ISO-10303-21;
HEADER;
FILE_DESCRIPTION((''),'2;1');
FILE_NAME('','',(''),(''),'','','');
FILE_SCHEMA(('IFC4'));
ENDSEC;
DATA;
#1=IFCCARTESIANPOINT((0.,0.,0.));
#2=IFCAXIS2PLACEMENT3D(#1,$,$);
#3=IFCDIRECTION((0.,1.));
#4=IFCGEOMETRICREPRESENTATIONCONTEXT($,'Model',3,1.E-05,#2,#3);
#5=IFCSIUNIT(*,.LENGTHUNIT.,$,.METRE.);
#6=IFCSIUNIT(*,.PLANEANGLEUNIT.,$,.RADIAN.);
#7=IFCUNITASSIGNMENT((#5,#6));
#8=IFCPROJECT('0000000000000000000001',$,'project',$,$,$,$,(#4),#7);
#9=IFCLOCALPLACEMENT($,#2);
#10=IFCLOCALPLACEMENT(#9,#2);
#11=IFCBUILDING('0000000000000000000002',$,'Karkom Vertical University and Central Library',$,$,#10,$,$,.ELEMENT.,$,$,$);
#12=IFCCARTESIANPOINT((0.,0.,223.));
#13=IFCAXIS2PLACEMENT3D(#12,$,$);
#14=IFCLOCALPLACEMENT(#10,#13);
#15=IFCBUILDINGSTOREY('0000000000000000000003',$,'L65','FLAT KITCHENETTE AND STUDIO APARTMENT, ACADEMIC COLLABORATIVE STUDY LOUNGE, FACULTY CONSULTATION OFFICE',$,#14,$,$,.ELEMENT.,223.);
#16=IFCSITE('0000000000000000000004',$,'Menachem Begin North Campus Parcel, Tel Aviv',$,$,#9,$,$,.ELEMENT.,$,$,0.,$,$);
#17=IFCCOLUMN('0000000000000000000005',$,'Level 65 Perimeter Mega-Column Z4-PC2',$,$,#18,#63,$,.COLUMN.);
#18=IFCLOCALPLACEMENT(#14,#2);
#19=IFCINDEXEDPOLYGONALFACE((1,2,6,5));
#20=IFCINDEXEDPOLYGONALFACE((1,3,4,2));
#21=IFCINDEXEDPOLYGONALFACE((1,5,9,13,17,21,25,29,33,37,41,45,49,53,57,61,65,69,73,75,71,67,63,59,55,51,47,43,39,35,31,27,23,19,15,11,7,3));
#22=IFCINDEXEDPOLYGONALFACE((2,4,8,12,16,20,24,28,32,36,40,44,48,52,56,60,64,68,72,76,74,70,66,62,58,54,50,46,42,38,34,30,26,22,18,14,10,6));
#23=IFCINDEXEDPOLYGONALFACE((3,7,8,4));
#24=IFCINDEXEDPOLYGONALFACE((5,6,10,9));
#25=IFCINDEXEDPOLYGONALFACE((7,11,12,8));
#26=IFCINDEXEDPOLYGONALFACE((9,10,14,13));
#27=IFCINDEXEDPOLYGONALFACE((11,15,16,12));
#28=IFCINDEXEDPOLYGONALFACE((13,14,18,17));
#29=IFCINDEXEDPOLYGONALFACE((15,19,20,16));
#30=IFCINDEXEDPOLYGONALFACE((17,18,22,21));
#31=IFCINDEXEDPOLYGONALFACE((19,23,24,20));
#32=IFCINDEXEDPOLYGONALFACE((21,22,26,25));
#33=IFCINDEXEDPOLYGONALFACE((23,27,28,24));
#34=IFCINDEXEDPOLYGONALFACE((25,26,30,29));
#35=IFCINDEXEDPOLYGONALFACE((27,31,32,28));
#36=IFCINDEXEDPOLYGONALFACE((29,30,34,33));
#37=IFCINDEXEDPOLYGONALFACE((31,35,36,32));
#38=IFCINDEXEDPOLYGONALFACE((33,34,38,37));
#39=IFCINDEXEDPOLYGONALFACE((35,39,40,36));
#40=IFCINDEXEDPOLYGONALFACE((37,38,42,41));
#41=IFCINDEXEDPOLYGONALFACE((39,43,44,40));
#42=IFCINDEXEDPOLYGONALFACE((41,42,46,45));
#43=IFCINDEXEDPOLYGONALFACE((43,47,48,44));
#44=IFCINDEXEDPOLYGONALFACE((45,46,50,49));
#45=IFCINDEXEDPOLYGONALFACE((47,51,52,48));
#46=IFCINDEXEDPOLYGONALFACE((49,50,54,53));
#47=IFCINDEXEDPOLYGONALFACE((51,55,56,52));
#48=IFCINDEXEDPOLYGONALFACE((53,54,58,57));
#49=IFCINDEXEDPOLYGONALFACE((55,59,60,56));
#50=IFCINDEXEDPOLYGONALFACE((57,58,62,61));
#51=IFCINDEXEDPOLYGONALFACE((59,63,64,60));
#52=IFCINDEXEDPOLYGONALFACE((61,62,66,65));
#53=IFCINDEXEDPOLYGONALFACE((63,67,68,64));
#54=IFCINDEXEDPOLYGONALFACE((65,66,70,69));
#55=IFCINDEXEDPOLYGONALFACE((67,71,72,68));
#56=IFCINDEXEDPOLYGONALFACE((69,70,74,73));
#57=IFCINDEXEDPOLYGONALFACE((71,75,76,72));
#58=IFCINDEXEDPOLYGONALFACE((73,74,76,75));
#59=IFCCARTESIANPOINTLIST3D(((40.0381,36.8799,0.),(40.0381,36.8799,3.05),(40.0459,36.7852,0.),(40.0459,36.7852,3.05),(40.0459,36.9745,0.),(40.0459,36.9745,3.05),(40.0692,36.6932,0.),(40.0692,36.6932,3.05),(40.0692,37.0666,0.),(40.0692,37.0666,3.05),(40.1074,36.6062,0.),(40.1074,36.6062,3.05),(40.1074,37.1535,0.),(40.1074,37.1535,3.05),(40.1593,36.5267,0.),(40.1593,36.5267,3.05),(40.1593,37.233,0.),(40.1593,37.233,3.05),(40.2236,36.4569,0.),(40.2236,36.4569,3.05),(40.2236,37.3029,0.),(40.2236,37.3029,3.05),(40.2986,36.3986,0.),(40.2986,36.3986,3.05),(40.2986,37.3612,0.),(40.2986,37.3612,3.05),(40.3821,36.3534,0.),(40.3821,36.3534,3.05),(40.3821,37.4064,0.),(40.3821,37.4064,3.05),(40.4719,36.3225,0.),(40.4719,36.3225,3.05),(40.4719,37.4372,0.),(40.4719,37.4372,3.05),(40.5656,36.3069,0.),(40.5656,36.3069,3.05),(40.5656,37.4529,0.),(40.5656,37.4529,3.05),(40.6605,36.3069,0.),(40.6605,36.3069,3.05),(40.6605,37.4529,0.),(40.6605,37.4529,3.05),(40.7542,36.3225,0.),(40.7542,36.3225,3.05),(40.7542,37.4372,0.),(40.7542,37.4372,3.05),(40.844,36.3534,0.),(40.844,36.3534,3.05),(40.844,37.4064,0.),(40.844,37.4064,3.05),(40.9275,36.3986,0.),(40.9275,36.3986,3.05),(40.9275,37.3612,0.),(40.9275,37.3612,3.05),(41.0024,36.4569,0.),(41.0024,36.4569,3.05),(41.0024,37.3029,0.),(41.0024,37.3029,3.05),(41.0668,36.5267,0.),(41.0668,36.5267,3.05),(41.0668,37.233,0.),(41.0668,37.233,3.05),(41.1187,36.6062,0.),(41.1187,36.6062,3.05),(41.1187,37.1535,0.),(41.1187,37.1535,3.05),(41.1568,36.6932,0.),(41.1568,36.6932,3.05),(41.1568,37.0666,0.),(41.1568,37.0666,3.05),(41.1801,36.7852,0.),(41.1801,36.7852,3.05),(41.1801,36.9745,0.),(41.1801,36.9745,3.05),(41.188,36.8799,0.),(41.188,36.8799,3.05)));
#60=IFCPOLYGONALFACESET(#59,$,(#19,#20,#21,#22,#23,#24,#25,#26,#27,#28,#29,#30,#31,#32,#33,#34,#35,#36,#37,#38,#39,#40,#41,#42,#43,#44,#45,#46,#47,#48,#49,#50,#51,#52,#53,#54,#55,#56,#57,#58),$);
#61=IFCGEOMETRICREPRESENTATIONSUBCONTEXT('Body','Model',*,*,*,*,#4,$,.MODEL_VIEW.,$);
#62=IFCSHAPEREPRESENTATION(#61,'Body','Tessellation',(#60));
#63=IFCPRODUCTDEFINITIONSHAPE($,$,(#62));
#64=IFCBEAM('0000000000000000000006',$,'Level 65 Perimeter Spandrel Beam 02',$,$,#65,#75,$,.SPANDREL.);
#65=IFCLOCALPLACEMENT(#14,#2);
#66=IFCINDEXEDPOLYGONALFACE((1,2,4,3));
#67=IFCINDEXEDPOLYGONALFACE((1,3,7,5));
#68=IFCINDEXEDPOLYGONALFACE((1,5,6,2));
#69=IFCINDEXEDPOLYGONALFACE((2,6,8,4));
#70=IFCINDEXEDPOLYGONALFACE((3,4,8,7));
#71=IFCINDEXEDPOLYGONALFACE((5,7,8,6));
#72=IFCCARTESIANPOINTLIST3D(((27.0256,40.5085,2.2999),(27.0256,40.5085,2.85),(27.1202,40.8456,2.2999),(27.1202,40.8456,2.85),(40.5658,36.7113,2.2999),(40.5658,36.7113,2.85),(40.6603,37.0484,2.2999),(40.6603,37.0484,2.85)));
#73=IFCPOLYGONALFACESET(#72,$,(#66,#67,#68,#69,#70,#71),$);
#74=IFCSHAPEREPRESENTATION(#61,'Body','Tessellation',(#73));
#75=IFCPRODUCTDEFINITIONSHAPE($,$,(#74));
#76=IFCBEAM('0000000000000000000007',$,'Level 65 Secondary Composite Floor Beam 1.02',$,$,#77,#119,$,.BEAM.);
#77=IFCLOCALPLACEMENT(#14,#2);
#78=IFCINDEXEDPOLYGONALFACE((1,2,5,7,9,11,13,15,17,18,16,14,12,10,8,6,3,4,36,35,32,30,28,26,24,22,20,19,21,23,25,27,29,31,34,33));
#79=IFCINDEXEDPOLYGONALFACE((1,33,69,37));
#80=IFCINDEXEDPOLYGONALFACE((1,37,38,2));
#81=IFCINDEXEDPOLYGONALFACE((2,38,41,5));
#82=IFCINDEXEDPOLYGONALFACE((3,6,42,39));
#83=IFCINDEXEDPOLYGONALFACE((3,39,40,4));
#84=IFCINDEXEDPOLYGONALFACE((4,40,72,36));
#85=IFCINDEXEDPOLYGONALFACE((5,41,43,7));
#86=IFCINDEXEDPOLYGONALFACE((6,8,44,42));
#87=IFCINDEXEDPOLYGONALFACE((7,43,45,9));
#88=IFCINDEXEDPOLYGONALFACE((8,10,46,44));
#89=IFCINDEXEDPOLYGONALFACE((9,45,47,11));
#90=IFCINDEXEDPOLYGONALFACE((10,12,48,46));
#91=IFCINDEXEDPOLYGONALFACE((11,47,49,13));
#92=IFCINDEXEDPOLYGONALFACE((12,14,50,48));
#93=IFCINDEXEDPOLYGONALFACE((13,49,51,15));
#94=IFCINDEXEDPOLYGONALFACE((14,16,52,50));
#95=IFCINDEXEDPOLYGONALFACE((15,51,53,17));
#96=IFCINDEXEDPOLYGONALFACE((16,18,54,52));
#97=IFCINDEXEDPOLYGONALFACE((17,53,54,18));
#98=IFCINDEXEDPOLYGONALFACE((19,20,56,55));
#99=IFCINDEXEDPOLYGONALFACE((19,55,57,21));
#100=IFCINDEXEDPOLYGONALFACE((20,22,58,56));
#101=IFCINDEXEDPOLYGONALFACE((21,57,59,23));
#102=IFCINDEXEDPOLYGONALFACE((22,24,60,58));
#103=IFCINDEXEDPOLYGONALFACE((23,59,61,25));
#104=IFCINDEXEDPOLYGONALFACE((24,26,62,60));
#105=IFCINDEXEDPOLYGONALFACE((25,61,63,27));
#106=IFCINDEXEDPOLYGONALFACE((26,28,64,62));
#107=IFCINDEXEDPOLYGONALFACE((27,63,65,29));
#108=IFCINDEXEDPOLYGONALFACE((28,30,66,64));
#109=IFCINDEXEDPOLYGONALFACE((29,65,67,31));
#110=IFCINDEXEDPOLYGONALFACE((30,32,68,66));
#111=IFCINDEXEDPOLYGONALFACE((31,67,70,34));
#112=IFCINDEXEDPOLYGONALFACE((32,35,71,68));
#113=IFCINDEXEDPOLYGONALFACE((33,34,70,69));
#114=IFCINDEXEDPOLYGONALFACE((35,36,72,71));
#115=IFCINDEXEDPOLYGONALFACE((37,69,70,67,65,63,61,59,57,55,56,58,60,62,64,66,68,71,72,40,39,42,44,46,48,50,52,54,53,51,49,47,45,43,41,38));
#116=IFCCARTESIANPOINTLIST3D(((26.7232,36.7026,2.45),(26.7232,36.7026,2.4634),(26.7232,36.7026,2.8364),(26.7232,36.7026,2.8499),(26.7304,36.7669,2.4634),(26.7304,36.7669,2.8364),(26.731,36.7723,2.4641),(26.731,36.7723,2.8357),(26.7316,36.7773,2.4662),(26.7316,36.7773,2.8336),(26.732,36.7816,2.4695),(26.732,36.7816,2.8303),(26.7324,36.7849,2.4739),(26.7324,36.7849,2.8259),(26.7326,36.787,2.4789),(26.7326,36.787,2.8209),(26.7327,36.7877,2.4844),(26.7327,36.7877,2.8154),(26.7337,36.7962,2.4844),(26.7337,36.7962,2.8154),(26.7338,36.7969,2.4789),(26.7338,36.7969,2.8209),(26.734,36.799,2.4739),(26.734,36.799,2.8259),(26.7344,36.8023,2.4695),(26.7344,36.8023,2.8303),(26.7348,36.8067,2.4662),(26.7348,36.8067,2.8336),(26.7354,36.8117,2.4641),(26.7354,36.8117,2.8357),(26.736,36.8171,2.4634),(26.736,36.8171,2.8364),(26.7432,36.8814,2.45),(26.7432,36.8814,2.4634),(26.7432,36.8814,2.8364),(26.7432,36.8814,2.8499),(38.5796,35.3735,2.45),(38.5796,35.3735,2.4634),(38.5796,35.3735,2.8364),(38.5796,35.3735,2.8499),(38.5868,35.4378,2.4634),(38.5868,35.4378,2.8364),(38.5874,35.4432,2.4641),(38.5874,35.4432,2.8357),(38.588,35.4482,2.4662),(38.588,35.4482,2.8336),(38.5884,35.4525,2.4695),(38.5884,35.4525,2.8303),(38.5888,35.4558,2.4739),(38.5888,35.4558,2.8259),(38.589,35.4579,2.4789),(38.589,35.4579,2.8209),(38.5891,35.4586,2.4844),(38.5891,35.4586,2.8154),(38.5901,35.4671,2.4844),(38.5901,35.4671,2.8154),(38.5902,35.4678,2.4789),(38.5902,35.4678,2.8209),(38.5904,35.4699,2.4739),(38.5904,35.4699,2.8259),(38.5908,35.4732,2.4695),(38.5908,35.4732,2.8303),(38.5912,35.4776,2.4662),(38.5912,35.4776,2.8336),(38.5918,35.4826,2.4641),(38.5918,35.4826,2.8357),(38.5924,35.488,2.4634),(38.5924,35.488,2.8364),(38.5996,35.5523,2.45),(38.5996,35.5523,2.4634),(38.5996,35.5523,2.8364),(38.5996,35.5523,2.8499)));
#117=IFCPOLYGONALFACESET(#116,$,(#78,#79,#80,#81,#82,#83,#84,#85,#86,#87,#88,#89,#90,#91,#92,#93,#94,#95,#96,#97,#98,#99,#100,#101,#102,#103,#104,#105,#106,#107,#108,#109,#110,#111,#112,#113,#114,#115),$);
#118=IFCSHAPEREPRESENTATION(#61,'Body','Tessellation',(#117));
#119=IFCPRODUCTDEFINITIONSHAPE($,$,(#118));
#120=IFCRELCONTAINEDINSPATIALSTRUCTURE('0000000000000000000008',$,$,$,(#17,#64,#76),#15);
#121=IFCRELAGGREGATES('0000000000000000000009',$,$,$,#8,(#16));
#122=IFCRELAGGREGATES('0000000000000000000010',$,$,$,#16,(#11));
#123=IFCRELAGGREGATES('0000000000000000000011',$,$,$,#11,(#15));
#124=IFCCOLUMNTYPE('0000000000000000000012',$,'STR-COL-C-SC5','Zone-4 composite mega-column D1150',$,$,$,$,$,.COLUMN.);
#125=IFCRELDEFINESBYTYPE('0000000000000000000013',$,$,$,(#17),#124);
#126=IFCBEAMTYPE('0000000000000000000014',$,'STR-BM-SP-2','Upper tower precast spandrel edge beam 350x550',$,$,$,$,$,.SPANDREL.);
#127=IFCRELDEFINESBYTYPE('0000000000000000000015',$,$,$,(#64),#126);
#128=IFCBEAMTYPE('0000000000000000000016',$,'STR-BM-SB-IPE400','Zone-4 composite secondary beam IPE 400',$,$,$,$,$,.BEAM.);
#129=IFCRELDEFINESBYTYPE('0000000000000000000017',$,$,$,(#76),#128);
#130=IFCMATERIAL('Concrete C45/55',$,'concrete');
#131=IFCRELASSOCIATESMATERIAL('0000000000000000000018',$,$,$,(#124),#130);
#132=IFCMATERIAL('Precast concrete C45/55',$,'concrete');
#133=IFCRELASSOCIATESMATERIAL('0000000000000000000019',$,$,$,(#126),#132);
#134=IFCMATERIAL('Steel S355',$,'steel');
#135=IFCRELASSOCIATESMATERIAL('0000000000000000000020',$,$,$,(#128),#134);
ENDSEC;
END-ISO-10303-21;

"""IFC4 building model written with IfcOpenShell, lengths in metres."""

from ifc_helpers import new_model, si_unit, direction, frame, origin, origin_with_axes, origin_2d, place, context, subcontext, project, spatial, rectangle, circle, i_section, extrude, source, transform, mapped, material, material_profile, profile_set, type_object, element, save


model = new_model("IFC4")

# Units and contexts
model_context = context("Model", 3, precision=1e-05, world=origin(), true_north=direction((0.0, 1.0)))
body_context = subcontext(model_context, "Body", "Model", "MODEL_VIEW")
ifc_project = project(units=[si_unit("LENGTHUNIT", "METRE"), si_unit("PLANEANGLEUNIT", "RADIAN")], contexts=[model_context])

# Site, building, storey
site_placement = place(None, origin())
site = spatial("IfcSite", under=ifc_project, at=site_placement, Name="Menachem Begin North Campus Parcel, Tel Aviv", CompositionType="ELEMENT", RefElevation=0.0)
building_placement = place(site_placement, origin())
building = spatial("IfcBuilding", under=site, at=building_placement, Name="Karkom Vertical University and Central Library", CompositionType="ELEMENT")
storey_placement = place(building_placement, frame((0.0, 0.0, 223.0)))
storey = spatial("IfcBuildingStorey", under=building, at=storey_placement, Name="L65", Description="FLAT KITCHENETTE AND STUDIO APARTMENT, ACADEMIC COLLABORATIVE STUDY LOUNGE, FACULTY CONSULTATION OFFICE", CompositionType="ELEMENT", Elevation=223.0)

# Column
ifc_material_1 = material(Name="Concrete C45/55", Category="concrete")
ifc_material_profile_1 = material_profile(ifc_material_1, circle(Radius=0.575, at=origin_2d()), Name="CFT-D1150")
ifc_profile_set_1 = profile_set([ifc_material_profile_1], Name="Concrete C45/55")
column_type = type_object("IfcColumnType", Name="STR-COL-C-SC5", Description="Zone-4 composite mega-column D1150", PredefinedType="COLUMN", material=ifc_profile_set_1)
shared_shape_1 = source(origin_with_axes(), body_context, "Body", "SweptSolid", [
    extrude(circle(Radius=0.575, at=origin_2d()), origin(), (0.0, 0.0, 1.0), 3.05),
])
column_placement = place(storey_placement, frame((40.613, 36.8799, 0.0), z_axis=(0.0, 0.0, 1.0), x_axis=(1.0, 0.0, 0.0)))
element("IfcColumn", 1, at=column_placement, inside=storey, type_object=column_type, Name="Level 65 Perimeter Mega-Column Z4-PC2", PredefinedType="COLUMN", context=body_context, shape_type="MappedRepresentation", body=[
    mapped(shared_shape_1, transform((0.0, 0.0, 0.0), scale=1.0)),
])

# Beams
ifc_material_2 = material(Name="Precast concrete C45/55", Category="concrete")
ifc_material_profile_2 = material_profile(ifc_material_2, rectangle(XDim=0.3501, YDim=0.55, at=origin_2d()), Name="SPB-350x550")
ifc_profile_set_2 = profile_set([ifc_material_profile_2], Name="Precast concrete C45/55")
beam_type_1 = type_object("IfcBeamType", Name="STR-BM-SP-2", Description="Upper tower precast spandrel edge beam 350x550", PredefinedType="SPANDREL", material=ifc_profile_set_2)
shared_shape_2 = source(origin_with_axes(), body_context, "Body", "SweptSolid", [
    extrude(rectangle(XDim=0.3501, YDim=0.55, at=origin_2d()), origin(), (0.0, 0.0, 1.0), 14.0625),
])
beam_1_placement = place(storey_placement, frame((40.613, 36.8799, 2.575), z_axis=(-0.962855, 0.27002, 0.0), x_axis=(-0.27002, -0.962855, 0.0)))
element("IfcBeam", 2, at=beam_1_placement, inside=storey, type_object=beam_type_1, Name="Level 65 Perimeter Spandrel Beam 02", PredefinedType="SPANDREL", context=body_context, shape_type="MappedRepresentation", body=[
    mapped(shared_shape_2, transform((0.0, 0.0, 0.0), scale=1.0)),
])
ifc_material_3 = material(Name="Steel S355", Category="steel")
ifc_material_profile_3 = material_profile(ifc_material_3, i_section(OverallWidth=0.1799, OverallDepth=0.3999, WebThickness=0.0085, FlangeThickness=0.0134, FilletRadius=0.021, at=origin_2d()), Name="IPE 400")
ifc_profile_set_3 = profile_set([ifc_material_profile_3], Name="Steel S355")
beam_type_2 = type_object("IfcBeamType", Name="STR-BM-SB-IPE400", Description="Zone-4 composite secondary beam IPE 400", PredefinedType="BEAM", material=ifc_profile_set_3)
shared_shape_3 = source(origin_with_axes(), body_context, "Body", "SweptSolid", [
    extrude(i_section(OverallWidth=0.1799, OverallDepth=0.3999, WebThickness=0.0085, FlangeThickness=0.0134, FilletRadius=0.021, at=origin_2d()), origin(), (0.0, 0.0, 1.0), 11.9307),
])
beam_2_placement = place(storey_placement, frame((38.5896, 35.4629, 2.6499), z_axis=(-0.993775, 0.111402, 0.0), x_axis=(-0.111402, -0.993775, 0.0)))
element("IfcBeam", 3, at=beam_2_placement, inside=storey, type_object=beam_type_2, Name="Level 65 Secondary Composite Floor Beam 1.02", PredefinedType="BEAM", context=body_context, shape_type="MappedRepresentation", body=[
    mapped(shared_shape_3, transform((0.0, 0.0, 0.0), scale=1.0)),
])

save(model, "model.ifc")
